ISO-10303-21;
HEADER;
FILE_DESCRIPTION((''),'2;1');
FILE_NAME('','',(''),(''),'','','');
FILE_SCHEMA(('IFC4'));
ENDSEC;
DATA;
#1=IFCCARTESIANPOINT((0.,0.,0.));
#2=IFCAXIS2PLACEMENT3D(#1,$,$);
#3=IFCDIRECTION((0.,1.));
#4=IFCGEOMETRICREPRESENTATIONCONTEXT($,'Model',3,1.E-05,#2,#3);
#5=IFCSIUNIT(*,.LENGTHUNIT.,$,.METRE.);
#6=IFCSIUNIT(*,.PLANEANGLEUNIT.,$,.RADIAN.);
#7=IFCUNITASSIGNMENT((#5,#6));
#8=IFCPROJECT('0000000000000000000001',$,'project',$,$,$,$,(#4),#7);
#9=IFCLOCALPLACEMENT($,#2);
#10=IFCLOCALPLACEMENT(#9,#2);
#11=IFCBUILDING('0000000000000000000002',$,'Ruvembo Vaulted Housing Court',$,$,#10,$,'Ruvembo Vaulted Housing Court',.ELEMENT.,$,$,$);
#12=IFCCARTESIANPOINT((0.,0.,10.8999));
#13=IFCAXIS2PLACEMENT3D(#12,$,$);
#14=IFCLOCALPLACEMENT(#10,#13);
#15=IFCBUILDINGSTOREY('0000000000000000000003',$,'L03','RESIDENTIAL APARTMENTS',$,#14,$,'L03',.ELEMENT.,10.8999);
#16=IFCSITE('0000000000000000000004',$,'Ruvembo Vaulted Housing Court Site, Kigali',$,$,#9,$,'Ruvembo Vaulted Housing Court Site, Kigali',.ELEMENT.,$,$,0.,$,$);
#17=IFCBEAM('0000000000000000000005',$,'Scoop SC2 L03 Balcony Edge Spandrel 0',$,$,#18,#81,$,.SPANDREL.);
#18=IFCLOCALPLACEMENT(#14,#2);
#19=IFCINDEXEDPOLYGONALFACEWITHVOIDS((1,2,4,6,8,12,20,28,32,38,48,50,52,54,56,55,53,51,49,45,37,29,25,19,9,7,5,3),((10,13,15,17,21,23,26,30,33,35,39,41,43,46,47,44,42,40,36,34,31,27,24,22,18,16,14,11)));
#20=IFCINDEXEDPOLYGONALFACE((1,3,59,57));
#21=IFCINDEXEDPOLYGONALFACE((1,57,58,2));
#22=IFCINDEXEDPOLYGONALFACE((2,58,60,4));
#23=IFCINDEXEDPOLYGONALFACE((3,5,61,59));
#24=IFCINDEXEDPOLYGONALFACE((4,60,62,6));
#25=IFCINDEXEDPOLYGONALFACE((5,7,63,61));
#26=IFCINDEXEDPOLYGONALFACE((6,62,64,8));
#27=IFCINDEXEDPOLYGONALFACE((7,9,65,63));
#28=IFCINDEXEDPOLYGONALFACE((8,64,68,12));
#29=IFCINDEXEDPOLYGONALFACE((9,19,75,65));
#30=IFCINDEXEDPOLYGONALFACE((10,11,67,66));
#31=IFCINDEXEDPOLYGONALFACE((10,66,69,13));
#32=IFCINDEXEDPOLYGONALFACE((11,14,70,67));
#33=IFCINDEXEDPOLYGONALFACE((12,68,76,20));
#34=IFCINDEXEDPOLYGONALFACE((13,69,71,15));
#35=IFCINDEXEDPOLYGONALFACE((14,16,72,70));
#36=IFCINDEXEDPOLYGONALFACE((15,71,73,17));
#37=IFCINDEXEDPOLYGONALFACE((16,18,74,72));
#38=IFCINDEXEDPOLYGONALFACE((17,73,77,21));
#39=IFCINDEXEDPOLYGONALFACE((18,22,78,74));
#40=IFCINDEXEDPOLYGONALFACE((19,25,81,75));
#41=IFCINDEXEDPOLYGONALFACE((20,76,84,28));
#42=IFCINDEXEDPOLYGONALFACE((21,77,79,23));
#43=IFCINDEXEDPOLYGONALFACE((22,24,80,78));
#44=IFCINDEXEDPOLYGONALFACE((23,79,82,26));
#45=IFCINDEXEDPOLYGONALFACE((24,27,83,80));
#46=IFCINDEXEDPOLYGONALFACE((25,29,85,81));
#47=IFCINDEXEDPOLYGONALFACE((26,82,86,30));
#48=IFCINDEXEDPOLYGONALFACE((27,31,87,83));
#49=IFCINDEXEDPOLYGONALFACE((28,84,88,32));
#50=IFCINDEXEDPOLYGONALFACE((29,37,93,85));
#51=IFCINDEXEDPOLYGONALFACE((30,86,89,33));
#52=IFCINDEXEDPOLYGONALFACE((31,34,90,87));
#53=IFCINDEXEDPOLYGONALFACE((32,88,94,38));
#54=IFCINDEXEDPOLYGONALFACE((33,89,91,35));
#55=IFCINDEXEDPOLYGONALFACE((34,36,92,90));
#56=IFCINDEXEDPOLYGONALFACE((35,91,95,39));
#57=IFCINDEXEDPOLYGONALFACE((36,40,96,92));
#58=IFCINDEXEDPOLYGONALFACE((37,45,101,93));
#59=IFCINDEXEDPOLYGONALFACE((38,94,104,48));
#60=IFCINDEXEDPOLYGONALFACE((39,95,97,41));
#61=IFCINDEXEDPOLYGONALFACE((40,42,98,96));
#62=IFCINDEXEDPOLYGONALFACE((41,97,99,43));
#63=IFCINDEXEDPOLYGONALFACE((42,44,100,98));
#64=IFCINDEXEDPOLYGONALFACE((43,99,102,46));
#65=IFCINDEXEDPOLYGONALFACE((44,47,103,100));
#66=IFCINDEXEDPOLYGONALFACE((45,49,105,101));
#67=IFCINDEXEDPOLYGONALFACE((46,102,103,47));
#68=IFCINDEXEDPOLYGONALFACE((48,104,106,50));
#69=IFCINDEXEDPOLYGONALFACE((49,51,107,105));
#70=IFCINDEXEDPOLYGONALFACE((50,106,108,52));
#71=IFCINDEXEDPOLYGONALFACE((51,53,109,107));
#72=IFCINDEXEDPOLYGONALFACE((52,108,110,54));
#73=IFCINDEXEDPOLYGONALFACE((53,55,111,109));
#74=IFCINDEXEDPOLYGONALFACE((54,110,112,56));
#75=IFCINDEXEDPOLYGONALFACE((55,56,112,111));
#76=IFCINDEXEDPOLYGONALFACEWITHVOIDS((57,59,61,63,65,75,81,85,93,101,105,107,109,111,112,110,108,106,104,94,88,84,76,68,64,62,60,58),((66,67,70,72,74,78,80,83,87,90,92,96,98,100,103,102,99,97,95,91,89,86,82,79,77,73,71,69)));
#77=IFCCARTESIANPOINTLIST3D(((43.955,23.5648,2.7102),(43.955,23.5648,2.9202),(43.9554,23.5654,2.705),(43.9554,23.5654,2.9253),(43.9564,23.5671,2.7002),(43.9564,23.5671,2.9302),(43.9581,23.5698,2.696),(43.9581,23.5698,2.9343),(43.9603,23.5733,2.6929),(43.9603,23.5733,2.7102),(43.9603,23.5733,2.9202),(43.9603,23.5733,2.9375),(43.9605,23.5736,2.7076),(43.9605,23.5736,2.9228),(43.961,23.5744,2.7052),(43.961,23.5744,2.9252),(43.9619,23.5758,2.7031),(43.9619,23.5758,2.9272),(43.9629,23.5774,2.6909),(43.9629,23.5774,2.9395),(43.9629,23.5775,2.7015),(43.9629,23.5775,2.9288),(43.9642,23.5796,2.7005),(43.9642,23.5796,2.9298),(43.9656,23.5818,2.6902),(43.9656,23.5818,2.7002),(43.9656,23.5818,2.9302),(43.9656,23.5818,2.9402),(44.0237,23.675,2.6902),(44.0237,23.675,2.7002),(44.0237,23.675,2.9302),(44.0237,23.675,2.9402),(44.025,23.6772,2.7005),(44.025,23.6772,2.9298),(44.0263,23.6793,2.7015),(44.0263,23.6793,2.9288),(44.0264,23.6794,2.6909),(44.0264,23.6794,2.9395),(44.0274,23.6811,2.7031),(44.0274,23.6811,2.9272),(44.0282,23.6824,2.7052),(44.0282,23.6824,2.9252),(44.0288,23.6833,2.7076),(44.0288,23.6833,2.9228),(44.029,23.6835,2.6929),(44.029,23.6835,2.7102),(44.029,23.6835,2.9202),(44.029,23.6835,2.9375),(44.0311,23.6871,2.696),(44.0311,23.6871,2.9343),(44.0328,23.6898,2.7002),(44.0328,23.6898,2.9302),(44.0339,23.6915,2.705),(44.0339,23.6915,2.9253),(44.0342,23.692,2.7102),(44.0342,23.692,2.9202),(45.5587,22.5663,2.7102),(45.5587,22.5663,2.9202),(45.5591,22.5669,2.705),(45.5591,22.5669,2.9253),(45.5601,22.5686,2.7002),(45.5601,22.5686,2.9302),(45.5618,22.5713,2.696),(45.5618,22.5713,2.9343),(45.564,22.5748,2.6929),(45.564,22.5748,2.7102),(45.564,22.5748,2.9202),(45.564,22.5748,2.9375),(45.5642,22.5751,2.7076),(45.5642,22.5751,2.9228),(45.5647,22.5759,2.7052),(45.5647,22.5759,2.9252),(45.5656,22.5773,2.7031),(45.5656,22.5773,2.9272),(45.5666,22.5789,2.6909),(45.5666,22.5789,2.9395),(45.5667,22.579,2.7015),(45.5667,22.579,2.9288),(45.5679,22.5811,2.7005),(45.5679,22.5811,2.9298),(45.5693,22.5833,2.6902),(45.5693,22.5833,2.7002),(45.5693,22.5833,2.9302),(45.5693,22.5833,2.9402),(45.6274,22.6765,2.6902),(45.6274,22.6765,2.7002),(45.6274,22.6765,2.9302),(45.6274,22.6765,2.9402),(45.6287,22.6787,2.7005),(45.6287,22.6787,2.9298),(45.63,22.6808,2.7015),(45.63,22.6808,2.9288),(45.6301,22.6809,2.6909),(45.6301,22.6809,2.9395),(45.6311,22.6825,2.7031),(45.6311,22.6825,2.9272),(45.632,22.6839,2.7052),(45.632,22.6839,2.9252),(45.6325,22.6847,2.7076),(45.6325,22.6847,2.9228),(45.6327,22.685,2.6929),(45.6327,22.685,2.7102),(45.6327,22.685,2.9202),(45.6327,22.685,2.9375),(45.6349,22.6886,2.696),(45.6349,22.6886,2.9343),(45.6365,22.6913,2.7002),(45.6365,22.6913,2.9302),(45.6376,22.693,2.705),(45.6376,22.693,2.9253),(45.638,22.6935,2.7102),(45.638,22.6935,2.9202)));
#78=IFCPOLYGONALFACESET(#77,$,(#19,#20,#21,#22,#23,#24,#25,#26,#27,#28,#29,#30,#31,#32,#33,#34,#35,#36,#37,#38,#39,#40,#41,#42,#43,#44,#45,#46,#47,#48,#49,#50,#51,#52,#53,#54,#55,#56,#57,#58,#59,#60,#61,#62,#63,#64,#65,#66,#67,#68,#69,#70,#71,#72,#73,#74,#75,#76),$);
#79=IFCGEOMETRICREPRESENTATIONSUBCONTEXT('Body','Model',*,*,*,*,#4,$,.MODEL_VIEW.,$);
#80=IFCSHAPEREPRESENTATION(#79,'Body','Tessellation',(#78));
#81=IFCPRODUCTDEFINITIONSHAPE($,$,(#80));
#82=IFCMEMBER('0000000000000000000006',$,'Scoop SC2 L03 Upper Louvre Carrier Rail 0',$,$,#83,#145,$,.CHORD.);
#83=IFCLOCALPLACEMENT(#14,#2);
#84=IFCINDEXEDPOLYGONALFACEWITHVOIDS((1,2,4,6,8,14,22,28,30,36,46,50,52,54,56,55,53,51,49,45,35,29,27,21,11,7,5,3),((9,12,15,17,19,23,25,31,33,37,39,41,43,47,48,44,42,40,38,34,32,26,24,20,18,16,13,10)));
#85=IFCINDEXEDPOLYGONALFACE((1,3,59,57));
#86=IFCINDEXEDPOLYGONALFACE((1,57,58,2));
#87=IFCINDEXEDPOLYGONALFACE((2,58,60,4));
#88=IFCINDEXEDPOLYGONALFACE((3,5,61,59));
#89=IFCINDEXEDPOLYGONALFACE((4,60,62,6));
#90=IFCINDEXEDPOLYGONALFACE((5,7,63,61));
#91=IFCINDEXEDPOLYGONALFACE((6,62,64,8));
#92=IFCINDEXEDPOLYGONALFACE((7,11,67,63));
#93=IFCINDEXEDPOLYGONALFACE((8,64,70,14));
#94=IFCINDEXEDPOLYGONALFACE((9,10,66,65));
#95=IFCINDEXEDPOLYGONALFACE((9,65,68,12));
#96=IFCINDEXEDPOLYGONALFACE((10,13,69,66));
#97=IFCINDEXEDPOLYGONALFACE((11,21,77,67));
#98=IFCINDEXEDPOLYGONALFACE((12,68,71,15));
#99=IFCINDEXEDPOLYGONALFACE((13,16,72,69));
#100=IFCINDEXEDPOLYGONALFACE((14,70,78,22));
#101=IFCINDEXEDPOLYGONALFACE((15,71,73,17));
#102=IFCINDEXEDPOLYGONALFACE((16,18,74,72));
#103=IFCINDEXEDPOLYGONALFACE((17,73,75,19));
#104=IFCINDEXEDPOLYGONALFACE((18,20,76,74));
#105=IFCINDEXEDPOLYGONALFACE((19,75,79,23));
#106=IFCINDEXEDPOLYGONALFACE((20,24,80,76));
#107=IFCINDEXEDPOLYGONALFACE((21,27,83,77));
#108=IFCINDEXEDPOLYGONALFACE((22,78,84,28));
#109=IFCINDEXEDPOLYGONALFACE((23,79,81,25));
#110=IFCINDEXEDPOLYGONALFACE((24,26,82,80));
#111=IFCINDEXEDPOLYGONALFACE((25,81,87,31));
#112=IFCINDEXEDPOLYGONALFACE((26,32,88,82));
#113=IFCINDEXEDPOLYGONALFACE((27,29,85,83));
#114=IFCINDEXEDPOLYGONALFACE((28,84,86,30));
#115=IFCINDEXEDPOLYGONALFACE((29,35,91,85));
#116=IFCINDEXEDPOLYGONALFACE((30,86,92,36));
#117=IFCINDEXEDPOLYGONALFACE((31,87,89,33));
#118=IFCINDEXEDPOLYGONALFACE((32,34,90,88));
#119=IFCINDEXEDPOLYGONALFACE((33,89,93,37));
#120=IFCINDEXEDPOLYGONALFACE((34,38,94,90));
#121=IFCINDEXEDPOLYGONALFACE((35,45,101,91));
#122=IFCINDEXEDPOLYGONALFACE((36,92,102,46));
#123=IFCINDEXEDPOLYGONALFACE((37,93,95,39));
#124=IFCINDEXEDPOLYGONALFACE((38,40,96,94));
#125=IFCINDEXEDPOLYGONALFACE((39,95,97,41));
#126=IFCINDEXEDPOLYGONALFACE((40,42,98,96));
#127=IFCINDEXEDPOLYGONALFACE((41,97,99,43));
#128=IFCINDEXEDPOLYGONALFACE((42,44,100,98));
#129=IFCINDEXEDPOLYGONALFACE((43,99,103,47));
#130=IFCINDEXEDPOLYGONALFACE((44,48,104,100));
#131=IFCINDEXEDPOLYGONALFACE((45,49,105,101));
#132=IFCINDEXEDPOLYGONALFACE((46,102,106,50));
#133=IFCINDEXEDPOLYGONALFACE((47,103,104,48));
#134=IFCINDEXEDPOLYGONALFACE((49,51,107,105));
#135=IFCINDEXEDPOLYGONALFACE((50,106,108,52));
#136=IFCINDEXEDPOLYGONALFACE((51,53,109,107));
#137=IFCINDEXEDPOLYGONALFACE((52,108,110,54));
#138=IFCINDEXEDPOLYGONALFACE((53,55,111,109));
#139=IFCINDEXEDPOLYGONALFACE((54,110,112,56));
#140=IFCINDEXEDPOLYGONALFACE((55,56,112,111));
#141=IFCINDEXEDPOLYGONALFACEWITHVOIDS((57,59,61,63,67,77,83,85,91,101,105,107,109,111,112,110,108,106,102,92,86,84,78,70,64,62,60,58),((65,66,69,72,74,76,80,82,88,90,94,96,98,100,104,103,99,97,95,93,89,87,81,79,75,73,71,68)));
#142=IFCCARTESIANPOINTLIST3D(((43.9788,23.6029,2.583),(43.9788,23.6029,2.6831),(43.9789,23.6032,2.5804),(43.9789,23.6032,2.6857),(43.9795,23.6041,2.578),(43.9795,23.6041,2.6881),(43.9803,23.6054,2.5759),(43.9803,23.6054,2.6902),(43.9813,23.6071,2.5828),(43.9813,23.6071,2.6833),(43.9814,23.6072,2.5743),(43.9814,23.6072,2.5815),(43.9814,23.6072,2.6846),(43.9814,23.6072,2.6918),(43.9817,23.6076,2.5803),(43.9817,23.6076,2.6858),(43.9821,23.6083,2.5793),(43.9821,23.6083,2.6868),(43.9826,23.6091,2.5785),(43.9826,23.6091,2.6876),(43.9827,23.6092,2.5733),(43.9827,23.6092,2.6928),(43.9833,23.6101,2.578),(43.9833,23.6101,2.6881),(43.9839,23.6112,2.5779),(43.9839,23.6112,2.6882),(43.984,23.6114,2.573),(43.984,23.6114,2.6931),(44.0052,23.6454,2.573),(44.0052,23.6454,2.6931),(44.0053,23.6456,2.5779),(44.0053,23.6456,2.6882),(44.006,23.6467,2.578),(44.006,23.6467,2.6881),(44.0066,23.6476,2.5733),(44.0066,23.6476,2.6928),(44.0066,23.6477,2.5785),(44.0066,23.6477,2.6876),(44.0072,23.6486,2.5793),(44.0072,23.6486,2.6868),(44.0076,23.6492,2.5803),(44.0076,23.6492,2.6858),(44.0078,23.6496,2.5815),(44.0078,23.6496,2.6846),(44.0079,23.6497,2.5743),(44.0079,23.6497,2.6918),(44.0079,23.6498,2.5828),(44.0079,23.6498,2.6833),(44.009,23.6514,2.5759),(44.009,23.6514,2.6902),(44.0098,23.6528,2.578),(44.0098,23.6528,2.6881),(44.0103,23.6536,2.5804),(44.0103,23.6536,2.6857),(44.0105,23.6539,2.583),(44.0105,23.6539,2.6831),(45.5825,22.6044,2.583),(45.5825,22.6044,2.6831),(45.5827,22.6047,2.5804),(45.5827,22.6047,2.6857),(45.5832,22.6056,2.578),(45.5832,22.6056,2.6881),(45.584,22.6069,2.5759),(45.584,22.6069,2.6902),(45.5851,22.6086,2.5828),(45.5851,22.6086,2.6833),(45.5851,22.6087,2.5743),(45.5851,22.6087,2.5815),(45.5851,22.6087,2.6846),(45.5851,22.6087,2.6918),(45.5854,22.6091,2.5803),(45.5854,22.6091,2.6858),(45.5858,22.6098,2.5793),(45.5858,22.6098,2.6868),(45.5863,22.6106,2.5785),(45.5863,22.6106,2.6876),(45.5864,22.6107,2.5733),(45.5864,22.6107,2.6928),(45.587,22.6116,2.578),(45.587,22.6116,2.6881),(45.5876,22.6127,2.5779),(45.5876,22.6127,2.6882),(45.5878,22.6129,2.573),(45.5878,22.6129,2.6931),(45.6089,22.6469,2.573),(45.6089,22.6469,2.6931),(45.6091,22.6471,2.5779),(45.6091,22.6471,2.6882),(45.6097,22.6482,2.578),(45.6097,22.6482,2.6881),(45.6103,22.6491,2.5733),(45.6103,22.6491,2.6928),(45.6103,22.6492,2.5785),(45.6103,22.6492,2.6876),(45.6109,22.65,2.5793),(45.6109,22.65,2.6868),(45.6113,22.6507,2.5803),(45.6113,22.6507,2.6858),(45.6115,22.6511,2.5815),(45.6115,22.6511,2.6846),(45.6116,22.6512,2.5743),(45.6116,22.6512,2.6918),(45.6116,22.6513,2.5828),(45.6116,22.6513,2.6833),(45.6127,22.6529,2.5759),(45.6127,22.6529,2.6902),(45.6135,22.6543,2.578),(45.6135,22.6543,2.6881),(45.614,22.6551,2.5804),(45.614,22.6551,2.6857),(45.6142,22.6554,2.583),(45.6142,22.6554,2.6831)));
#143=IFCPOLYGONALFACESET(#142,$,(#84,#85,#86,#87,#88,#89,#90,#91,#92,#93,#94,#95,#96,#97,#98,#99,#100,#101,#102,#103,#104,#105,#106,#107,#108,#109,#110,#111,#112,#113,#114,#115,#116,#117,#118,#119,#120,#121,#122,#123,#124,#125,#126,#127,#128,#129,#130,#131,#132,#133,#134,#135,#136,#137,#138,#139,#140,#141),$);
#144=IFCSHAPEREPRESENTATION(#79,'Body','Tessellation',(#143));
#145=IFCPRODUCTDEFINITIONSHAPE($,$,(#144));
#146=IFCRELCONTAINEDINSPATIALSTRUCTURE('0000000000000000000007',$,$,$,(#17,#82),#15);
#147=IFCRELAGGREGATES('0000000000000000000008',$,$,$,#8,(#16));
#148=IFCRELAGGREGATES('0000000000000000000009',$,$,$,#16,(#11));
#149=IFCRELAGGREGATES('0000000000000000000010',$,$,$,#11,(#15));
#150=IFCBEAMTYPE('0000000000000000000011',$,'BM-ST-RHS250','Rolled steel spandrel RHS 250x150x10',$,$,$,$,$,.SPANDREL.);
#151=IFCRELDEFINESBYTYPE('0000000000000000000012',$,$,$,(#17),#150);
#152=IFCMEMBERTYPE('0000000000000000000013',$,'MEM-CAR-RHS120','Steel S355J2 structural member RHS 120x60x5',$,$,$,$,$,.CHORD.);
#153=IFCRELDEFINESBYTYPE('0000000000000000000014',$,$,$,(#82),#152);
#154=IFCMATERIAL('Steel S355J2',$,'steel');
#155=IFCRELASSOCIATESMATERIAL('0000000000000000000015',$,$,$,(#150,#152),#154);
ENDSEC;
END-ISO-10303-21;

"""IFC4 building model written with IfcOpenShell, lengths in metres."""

from ifc_helpers import new_model, si_unit, direction, frame, origin, origin_2d, place, context, subcontext, project, spatial, hollow_rectangle, extrude, material, material_profile, profile_set, type_object, element, save


model = new_model("IFC4")

# Units and contexts
model_context = context("Model", 3, precision=1e-05, world=origin(), true_north=direction((0.0, 1.0)))
body_context = subcontext(model_context, "Body", "Model", "MODEL_VIEW")
ifc_project = project(units=[si_unit("LENGTHUNIT", "METRE"), si_unit("PLANEANGLEUNIT", "RADIAN")], contexts=[model_context])

# Site, building, storey
site_placement = place(None, origin())
site = spatial("IfcSite", under=ifc_project, at=site_placement, Name="Ruvembo Vaulted Housing Court Site, Kigali", LongName="Ruvembo Vaulted Housing Court Site, Kigali", CompositionType="ELEMENT", RefElevation=0.0)
building_placement = place(site_placement, origin())
building = spatial("IfcBuilding", under=site, at=building_placement, Name="Ruvembo Vaulted Housing Court", LongName="Ruvembo Vaulted Housing Court", CompositionType="ELEMENT")
storey_placement = place(building_placement, frame((0.0, 0.0, 10.8999)))
storey = spatial("IfcBuildingStorey", under=building, at=storey_placement, Name="L03", Description="RESIDENTIAL APARTMENTS", LongName="L03", CompositionType="ELEMENT", Elevation=10.8999)

# Beam
ifc_material_1 = material(Name="Steel S355J2", Category="steel")
ifc_material_profile_1 = material_profile(ifc_material_1, hollow_rectangle(XDim=0.1499, YDim=0.25, WallThickness=0.01, InnerFilletRadius=0.01, OuterFilletRadius=0.02, at=origin_2d()), Name="RHS 250x150x10")
ifc_profile_set_1 = profile_set([ifc_material_profile_1], Name="Steel S355J2")
beam_type_1 = type_object("IfcBeamType", Name="BM-ST-RHS250", Description="Rolled steel spandrel RHS 250x150x10", PredefinedType="SPANDREL", material=ifc_profile_set_1)
beam_1_placement = place(storey_placement, frame((43.9946, 23.6284, 2.8152), z_axis=(0.848905, -0.528546, 0.0), x_axis=(0.528546, 0.848905, 0.0)))
element("IfcBeam", 1, at=beam_1_placement, inside=storey, type_object=beam_type_1, Name="Scoop SC2 L03 Balcony Edge Spandrel 0", PredefinedType="SPANDREL", context=body_context, shape_type="SweptSolid", body=[
    extrude(hollow_rectangle(XDim=0.1499, YDim=0.25, WallThickness=0.01, InnerFilletRadius=0.01, OuterFilletRadius=0.02, at=origin_2d()), origin(), (0.0, 0.0, 1.0), 1.8892),
])

# Member
ifc_material_profile_2 = material_profile(ifc_material_1, hollow_rectangle(XDim=0.0601, YDim=0.1201, WallThickness=0.0049, InnerFilletRadius=0.0049, OuterFilletRadius=0.01, at=origin_2d()), Name="RHS 120x60x5")
ifc_profile_set_2 = profile_set([ifc_material_profile_2], Name="Steel S355J2")
member_type_1 = type_object("IfcMemberType", Name="MEM-CAR-RHS120", Description="Steel S355J2 structural member RHS 120x60x5", PredefinedType="CHORD", material=ifc_profile_set_2)
member_1_placement = place(storey_placement, frame((43.9946, 23.6284, 2.6331), z_axis=(0.848905, -0.528546, 0.0), x_axis=(0.528546, 0.848905, 0.0)))
element("IfcMember", 2, at=member_1_placement, inside=storey, type_object=member_type_1, Name="Scoop SC2 L03 Upper Louvre Carrier Rail 0", PredefinedType="CHORD", context=body_context, shape_type="SweptSolid", body=[
    extrude(hollow_rectangle(XDim=0.0601, YDim=0.1201, WallThickness=0.0049, InnerFilletRadius=0.0049, OuterFilletRadius=0.01, at=origin_2d()), origin(), (0.0, 0.0, 1.0), 1.8892),
])

save(model, "model.ifc")
